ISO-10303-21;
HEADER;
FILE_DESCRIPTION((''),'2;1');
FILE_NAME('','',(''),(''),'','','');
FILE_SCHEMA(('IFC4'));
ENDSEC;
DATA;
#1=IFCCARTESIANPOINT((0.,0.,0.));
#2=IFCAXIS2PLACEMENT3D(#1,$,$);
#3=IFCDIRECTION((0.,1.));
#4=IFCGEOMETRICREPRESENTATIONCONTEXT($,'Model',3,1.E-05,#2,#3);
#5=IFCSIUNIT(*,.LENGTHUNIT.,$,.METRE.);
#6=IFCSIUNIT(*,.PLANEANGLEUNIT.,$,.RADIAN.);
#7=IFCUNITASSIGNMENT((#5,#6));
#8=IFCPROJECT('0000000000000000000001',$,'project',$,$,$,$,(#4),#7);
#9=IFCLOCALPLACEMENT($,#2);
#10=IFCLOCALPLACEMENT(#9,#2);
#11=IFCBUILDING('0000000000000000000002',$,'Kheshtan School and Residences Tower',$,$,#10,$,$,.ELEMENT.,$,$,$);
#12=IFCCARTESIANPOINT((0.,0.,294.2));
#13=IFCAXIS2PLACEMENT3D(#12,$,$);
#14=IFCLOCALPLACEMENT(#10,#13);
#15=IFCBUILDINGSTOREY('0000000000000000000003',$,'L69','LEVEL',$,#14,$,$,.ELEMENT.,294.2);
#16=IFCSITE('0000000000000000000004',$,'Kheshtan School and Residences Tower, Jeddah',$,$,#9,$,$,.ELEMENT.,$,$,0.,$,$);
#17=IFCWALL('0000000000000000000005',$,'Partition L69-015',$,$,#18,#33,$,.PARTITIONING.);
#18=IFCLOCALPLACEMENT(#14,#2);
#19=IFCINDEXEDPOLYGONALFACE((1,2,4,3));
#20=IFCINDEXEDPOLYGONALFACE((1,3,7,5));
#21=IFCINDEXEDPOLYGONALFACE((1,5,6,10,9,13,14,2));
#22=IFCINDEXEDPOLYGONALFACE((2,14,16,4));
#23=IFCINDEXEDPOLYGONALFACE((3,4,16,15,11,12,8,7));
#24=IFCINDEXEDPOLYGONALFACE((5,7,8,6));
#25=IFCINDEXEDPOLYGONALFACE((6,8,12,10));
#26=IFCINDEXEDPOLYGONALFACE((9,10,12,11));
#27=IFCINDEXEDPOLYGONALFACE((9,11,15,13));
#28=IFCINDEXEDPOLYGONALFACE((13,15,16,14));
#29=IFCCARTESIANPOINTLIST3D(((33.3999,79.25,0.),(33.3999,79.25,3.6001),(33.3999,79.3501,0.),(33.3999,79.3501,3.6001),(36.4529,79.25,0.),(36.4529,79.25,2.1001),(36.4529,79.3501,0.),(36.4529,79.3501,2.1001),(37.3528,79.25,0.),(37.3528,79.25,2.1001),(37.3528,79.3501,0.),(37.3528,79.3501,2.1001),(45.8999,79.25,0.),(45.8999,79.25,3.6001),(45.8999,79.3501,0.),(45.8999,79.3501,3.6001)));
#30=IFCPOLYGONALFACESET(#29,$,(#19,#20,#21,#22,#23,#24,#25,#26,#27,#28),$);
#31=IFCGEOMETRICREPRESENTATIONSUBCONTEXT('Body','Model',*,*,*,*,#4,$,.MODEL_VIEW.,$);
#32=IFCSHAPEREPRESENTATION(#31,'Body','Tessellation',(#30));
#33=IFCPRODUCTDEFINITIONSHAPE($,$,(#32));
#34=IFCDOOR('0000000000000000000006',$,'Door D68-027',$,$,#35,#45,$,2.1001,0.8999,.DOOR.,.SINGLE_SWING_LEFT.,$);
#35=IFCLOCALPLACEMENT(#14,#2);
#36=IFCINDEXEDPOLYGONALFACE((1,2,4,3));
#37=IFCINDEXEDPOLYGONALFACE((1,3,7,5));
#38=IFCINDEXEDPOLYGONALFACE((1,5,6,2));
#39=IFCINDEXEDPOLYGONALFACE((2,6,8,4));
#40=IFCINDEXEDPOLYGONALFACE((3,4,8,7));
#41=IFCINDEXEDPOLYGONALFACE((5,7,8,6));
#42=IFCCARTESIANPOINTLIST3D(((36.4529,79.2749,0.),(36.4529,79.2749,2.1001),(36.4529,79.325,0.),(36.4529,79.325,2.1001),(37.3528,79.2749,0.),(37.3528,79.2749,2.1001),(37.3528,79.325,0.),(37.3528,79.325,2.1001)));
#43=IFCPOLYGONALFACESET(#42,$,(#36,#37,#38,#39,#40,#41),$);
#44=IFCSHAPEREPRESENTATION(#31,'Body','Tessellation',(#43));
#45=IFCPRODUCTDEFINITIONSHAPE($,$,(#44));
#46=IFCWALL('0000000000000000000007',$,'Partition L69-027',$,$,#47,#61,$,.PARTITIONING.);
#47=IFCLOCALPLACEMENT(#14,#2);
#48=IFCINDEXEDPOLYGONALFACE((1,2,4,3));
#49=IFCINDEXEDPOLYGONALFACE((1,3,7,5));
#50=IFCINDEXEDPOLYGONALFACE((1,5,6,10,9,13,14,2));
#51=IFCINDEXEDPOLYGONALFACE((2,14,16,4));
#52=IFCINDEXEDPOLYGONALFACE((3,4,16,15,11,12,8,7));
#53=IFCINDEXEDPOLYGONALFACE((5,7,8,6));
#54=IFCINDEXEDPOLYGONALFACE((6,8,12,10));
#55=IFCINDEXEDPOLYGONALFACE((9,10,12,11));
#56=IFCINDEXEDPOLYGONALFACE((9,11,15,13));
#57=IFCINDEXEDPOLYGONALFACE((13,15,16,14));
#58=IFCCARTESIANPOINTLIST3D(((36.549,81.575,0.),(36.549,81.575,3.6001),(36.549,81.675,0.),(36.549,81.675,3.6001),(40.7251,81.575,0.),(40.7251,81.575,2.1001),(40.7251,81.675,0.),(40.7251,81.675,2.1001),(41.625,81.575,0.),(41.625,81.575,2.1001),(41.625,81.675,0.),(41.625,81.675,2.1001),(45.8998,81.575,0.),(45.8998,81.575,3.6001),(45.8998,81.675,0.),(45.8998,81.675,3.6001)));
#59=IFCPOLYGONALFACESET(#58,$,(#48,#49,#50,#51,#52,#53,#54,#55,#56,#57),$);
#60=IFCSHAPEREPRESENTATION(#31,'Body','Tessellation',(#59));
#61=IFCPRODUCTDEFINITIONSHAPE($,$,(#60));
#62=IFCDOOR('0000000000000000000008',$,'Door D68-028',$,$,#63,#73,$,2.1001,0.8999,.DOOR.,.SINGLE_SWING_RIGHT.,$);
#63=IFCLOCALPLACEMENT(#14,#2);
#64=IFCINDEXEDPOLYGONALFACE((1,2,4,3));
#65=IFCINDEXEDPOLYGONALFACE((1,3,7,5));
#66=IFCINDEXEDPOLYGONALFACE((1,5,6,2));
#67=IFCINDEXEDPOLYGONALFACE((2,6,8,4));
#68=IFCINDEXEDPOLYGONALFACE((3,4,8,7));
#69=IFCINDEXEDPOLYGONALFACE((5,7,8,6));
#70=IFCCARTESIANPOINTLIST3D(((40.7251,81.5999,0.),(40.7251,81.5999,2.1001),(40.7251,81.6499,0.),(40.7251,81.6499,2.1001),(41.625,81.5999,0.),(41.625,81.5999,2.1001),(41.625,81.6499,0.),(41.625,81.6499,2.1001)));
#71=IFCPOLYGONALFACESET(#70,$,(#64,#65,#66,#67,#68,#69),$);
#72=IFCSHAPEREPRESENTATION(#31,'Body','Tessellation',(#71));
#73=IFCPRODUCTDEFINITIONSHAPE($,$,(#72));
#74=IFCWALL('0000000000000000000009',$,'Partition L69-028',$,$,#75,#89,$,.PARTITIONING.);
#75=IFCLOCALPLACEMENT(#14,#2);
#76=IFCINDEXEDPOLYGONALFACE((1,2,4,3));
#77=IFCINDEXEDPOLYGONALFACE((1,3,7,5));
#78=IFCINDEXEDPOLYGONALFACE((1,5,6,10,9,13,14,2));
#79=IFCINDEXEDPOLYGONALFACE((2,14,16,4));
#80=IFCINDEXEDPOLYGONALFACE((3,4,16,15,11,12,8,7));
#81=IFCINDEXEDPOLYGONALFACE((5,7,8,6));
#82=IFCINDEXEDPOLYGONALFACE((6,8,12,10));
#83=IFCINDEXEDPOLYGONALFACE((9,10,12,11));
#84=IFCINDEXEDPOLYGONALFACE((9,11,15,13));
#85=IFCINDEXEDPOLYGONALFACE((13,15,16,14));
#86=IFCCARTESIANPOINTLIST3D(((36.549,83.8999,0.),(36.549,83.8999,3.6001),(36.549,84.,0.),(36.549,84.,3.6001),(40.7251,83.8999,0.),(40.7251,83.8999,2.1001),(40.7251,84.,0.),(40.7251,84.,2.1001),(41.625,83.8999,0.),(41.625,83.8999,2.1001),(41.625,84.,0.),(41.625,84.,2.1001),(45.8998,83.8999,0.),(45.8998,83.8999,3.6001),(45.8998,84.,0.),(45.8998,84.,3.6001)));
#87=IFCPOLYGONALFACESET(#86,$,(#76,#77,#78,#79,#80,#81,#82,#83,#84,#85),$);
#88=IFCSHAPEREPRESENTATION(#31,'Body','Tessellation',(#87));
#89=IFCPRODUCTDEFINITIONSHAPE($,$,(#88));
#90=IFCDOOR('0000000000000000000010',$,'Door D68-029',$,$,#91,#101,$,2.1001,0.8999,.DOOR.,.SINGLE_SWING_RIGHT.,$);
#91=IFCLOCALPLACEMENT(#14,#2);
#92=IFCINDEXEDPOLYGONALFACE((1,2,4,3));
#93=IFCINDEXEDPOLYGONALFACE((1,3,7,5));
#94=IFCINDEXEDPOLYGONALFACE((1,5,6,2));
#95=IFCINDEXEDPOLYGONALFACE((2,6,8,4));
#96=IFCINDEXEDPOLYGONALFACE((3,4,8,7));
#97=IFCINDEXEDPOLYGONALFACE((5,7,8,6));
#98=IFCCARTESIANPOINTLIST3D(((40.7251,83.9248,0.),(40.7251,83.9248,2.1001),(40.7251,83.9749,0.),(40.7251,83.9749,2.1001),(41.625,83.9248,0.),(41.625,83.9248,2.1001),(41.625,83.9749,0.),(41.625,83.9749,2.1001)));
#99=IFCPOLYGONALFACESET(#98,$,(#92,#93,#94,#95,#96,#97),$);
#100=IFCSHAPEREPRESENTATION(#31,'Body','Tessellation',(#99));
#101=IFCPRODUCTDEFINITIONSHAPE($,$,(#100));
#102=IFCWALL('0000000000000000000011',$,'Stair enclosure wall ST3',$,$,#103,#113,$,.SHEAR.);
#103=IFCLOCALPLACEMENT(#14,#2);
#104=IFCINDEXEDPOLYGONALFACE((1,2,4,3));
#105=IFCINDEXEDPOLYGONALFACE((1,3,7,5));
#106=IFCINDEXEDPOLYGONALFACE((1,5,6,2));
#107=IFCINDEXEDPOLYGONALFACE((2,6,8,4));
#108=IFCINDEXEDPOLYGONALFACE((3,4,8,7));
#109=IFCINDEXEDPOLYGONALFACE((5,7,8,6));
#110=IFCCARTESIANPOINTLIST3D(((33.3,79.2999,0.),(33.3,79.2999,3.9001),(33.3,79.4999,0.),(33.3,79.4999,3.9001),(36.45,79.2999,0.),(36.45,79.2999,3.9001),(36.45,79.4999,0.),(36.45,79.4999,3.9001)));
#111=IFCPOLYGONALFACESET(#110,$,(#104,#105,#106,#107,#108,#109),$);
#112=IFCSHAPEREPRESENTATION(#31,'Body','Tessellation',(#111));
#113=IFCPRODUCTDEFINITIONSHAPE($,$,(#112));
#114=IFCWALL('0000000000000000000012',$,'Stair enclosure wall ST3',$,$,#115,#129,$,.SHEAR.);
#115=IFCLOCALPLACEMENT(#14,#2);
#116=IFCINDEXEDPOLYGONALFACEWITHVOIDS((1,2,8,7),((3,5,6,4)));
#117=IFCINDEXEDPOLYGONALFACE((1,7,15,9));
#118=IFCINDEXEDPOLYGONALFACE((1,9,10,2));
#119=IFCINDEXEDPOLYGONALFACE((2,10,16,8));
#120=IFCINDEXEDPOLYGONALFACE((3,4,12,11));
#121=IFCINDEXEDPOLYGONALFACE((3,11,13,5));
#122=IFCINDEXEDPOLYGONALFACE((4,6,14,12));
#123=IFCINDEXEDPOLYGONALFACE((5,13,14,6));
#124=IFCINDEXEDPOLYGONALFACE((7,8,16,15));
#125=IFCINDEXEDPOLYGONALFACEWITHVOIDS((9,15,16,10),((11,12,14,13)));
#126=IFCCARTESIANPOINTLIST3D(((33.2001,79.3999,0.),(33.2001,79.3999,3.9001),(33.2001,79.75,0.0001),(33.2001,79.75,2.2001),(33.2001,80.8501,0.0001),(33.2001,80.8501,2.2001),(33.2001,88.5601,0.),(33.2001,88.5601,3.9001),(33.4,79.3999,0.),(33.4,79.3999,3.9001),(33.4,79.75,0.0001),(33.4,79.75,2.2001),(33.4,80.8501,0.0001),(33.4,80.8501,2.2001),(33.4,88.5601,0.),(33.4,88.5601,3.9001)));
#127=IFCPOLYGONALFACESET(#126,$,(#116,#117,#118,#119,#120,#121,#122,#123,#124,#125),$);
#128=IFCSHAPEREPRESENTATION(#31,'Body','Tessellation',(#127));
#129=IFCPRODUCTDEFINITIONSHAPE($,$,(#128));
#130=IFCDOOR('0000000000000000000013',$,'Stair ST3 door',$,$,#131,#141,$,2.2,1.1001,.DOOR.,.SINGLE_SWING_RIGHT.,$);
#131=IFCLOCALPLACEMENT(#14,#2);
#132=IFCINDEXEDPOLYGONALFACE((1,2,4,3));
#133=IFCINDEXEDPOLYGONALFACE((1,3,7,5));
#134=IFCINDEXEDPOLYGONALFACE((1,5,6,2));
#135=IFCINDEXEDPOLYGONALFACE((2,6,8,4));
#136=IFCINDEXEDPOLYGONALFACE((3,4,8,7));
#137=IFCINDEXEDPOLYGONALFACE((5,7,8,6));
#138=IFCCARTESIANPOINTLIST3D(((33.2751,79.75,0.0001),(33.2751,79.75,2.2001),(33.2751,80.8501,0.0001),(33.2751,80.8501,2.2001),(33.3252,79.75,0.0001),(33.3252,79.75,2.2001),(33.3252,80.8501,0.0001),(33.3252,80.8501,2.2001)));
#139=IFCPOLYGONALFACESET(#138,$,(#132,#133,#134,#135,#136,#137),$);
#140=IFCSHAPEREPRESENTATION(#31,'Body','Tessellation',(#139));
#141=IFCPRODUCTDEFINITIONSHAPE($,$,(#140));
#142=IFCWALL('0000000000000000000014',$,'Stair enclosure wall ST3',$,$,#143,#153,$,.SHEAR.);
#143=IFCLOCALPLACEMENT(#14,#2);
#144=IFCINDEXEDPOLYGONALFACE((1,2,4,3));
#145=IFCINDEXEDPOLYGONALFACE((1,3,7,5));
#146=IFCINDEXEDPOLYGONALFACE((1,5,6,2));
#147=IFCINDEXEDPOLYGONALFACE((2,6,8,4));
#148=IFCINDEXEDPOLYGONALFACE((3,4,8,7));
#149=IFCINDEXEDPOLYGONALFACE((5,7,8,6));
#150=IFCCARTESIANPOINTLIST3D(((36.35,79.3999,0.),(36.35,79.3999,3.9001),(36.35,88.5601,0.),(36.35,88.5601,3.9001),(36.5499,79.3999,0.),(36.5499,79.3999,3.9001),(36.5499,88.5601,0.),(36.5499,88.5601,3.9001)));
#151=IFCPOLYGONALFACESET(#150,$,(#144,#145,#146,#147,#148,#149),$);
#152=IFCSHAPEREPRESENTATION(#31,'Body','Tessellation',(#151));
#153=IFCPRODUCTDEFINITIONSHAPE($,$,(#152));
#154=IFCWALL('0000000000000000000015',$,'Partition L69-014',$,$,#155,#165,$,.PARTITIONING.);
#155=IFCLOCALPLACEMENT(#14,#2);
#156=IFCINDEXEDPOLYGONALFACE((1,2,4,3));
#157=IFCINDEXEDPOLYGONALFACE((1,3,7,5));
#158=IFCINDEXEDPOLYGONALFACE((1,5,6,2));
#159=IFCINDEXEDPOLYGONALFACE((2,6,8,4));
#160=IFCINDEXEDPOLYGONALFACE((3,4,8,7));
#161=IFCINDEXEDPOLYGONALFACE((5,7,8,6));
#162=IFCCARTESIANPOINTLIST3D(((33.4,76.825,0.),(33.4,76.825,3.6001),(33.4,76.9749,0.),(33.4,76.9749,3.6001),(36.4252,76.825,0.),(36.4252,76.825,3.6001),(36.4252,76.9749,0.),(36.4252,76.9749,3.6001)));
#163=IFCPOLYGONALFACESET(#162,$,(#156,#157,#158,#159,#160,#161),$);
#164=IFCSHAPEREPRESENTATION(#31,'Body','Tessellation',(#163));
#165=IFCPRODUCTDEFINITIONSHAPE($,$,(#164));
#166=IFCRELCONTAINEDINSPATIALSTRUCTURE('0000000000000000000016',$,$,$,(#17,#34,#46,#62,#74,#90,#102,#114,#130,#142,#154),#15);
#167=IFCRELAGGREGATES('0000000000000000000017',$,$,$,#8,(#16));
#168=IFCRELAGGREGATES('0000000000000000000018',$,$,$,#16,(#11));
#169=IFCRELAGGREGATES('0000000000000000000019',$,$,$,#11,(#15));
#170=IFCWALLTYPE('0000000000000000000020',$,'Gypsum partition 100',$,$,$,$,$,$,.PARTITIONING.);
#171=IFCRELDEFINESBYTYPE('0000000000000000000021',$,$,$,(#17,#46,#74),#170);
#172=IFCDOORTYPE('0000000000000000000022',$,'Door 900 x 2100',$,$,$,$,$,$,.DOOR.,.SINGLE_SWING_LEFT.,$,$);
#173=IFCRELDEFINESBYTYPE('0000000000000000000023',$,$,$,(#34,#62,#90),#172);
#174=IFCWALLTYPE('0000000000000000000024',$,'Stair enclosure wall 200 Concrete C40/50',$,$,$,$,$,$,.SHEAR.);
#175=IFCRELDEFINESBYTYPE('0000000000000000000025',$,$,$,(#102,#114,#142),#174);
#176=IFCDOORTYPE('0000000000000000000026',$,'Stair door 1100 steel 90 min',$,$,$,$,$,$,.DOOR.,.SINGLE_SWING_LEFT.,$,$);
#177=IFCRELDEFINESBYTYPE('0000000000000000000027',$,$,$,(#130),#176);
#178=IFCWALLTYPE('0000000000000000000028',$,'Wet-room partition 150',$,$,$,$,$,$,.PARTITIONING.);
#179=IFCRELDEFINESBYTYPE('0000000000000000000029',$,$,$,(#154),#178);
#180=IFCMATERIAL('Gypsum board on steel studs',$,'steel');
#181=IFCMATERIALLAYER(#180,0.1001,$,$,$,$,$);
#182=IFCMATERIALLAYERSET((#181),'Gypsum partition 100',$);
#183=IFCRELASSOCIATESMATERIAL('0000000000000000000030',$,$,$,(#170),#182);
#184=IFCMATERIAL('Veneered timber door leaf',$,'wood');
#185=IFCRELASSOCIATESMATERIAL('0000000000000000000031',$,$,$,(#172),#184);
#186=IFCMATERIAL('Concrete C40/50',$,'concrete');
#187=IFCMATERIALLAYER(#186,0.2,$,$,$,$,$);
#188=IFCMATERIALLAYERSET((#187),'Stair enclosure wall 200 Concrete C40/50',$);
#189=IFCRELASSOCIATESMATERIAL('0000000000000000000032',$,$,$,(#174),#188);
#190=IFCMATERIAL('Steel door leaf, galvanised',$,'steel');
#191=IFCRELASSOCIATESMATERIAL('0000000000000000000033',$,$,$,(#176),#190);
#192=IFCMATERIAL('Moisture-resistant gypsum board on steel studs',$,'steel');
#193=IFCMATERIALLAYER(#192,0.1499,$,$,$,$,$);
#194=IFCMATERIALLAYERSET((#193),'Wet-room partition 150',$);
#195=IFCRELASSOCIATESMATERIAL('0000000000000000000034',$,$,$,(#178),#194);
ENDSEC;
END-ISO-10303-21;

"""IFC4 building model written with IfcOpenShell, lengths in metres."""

from ifc_helpers import new_model, si_unit, direction, frame, frame_2d, origin, place, context, subcontext, project, spatial, rectangle, extrude, source, transform, mapped, material, layer, layer_set, type_object, element, fill, save


model = new_model("IFC4")

# Units and contexts
model_context = context("Model", 3, precision=1e-05, world=origin(), true_north=direction((0.0, 1.0)))
body_context = subcontext(model_context, "Body", "Model", "MODEL_VIEW")
ifc_project = project(units=[si_unit("LENGTHUNIT", "METRE"), si_unit("PLANEANGLEUNIT", "RADIAN")], contexts=[model_context])

# Site, building, storey
site_placement = place(None, origin())
site = spatial("IfcSite", under=ifc_project, at=site_placement, Name="Kheshtan School and Residences Tower, Jeddah", CompositionType="ELEMENT", RefElevation=0.0)
building_placement = place(site_placement, origin())
building = spatial("IfcBuilding", under=site, at=building_placement, Name="Kheshtan School and Residences Tower", CompositionType="ELEMENT")
storey_placement = place(building_placement, frame((0.0, 0.0, 294.2)))
storey = spatial("IfcBuildingStorey", under=building, at=storey_placement, Name="L69", Description="LEVEL", CompositionType="ELEMENT", Elevation=294.2)

# Walls, openings, doors
ifc_material_1 = material(Name="Gypsum board on steel studs", Category="steel")
ifc_layer_1 = layer(ifc_material_1, 0.1001)
ifc_layer_set_1 = layer_set([ifc_layer_1], Name="Gypsum partition 100")
wall_type_1 = type_object("IfcWallType", Name="Gypsum partition 100", PredefinedType="PARTITIONING", material=ifc_layer_set_1)
wall_1_placement = place(storey_placement, frame((33.3999, 79.3, 0.0), z_axis=(0.0, 0.0, 1.0), x_axis=(1.0, 0.0, 0.0)))
wall_1 = element("IfcWall", 1, at=wall_1_placement, inside=storey, type_object=wall_type_1, Name="Partition L69-015", PredefinedType="PARTITIONING", context=body_context, shape_type="SweptSolid", body=[
    extrude(rectangle(XDim=12.5, YDim=0.1001, at=frame_2d((6.25, 0.0))), origin(), (0.0, 0.0, 1.0), 3.6001),
])
opening_1_placement = place(wall_1_placement, frame((3.053, 0.0, 0.0)))
opening_1 = element("IfcOpeningElement", 2, at=opening_1_placement, cuts=wall_1, PredefinedType="OPENING", context=body_context, shape_type="SweptSolid", body=[
    extrude(rectangle(XDim=0.8999, YDim=2.1001, at=frame_2d((0.45, 1.05))), frame((0.0, 0.0601, 0.0), z_axis=(0.0, -1.0, 0.0), x_axis=(1.0, 0.0, 0.0)), (0.0, 0.0, 1.0), 0.1201),
])
ifc_material_2 = material(Name="Veneered timber door leaf", Category="wood")
door_type_1 = type_object("IfcDoorType", Name="Door 900 x 2100", OperationType="SINGLE_SWING_LEFT", PredefinedType="DOOR", material=ifc_material_2)
shared_shape_1 = source(origin(), body_context, "Body", "SweptSolid", [
    extrude(rectangle(XDim=0.8999, YDim=2.1001, at=frame_2d((0.45, 1.05))), frame((0.0, 0.0249, 0.0), z_axis=(0.0, -1.0, 0.0), x_axis=(1.0, 0.0, 0.0)), (0.0, 0.0, 1.0), 0.05),
])
door_1_placement = place(opening_1_placement, origin())
door_1 = element("IfcDoor", 3, at=door_1_placement, inside=storey, type_object=door_type_1, Name="Door D68-027", OperationType="SINGLE_SWING_LEFT", OverallHeight=2.1001, OverallWidth=0.8999, PredefinedType="DOOR", context=body_context, shape_type="MappedRepresentation", body=[
    mapped(shared_shape_1, transform((0.0, 0.0, 0.0), x_axis=(1.0, 0.0, 0.0), y_axis=(0.0, 1.0, 0.0), z_axis=(0.0, 0.0, 1.0), scale=1.0)),
])
fill(opening_1, door_1)
wall_2_placement = place(storey_placement, frame((36.5491, 81.625, 0.0), z_axis=(0.0, 0.0, 1.0), x_axis=(1.0, 0.0, 0.0)))
wall_2 = element("IfcWall", 4, at=wall_2_placement, inside=storey, type_object=wall_type_1, Name="Partition L69-027", PredefinedType="PARTITIONING", context=body_context, shape_type="SweptSolid", body=[
    extrude(rectangle(XDim=9.3508, YDim=0.1001, at=frame_2d((4.6753, 0.0))), origin(), (0.0, 0.0, 1.0), 3.6001),
])
opening_2_placement = place(wall_2_placement, frame((4.176, 0.0, 0.0)))
opening_2 = element("IfcOpeningElement", 5, at=opening_2_placement, cuts=wall_2, PredefinedType="OPENING", context=body_context, shape_type="SweptSolid", body=[
    extrude(rectangle(XDim=0.8999, YDim=2.1001, at=frame_2d((0.45, 1.05))), frame((0.0, 0.0601, 0.0), z_axis=(0.0, -1.0, 0.0), x_axis=(1.0, 0.0, 0.0)), (0.0, 0.0, 1.0), 0.1201),
])
door_2_placement = place(opening_2_placement, origin())
door_2 = element("IfcDoor", 6, at=door_2_placement, inside=storey, type_object=door_type_1, Name="Door D68-028", OperationType="SINGLE_SWING_RIGHT", OverallHeight=2.1001, OverallWidth=0.8999, PredefinedType="DOOR", context=body_context, shape_type="MappedRepresentation", body=[
    mapped(shared_shape_1, transform((0.0, 0.0, 0.0), x_axis=(1.0, 0.0, 0.0), y_axis=(0.0, 1.0, 0.0), z_axis=(0.0, 0.0, 1.0), scale=1.0)),
])
fill(opening_2, door_2)
wall_3_placement = place(storey_placement, frame((36.5491, 83.95, 0.0), z_axis=(0.0, 0.0, 1.0), x_axis=(1.0, 0.0, 0.0)))
wall_3 = element("IfcWall", 7, at=wall_3_placement, inside=storey, type_object=wall_type_1, Name="Partition L69-028", PredefinedType="PARTITIONING", context=body_context, shape_type="SweptSolid", body=[
    extrude(rectangle(XDim=9.3508, YDim=0.1001, at=frame_2d((4.6753, 0.0))), origin(), (0.0, 0.0, 1.0), 3.6001),
])
opening_3_placement = place(wall_3_placement, frame((4.176, 0.0, 0.0)))
opening_3 = element("IfcOpeningElement", 8, at=opening_3_placement, cuts=wall_3, PredefinedType="OPENING", context=body_context, shape_type="SweptSolid", body=[
    extrude(rectangle(XDim=0.8999, YDim=2.1001, at=frame_2d((0.45, 1.05))), frame((0.0, 0.0601, 0.0), z_axis=(0.0, -1.0, 0.0), x_axis=(1.0, 0.0, 0.0)), (0.0, 0.0, 1.0), 0.1201),
])
door_3_placement = place(opening_3_placement, origin())
door_3 = element("IfcDoor", 9, at=door_3_placement, inside=storey, type_object=door_type_1, Name="Door D68-029", OperationType="SINGLE_SWING_RIGHT", OverallHeight=2.1001, OverallWidth=0.8999, PredefinedType="DOOR", context=body_context, shape_type="MappedRepresentation", body=[
    mapped(shared_shape_1, transform((0.0, 0.0, 0.0), x_axis=(1.0, 0.0, 0.0), y_axis=(0.0, 1.0, 0.0), z_axis=(0.0, 0.0, 1.0), scale=1.0)),
])
fill(opening_3, door_3)

# Wall
ifc_material_3 = material(Name="Concrete C40/50", Category="concrete")
ifc_layer_2 = layer(ifc_material_3, 0.2)
ifc_layer_set_2 = layer_set([ifc_layer_2], Name="Stair enclosure wall 200 Concrete C40/50")
wall_type_2 = type_object("IfcWallType", Name="Stair enclosure wall 200 Concrete C40/50", PredefinedType="SHEAR", material=ifc_layer_set_2)
wall_4_placement = place(storey_placement, frame((33.3, 79.3999, 0.0), z_axis=(0.0, 0.0, 1.0), x_axis=(1.0, 0.0, 0.0)))
element("IfcWall", 10, at=wall_4_placement, inside=storey, type_object=wall_type_2, Name="Stair enclosure wall ST3", PredefinedType="SHEAR", context=body_context, shape_type="SweptSolid", body=[
    extrude(rectangle(XDim=3.1499, YDim=0.2, at=frame_2d((1.575, 0.0))), origin(), (0.0, 0.0, 1.0), 3.9001),
])

# Wall, opening, door
wall_5_placement = place(storey_placement, frame((33.3, 79.3999, 0.0), z_axis=(0.0, 0.0, 1.0), x_axis=(0.0, 1.0, 0.0)))
wall_5 = element("IfcWall", 11, at=wall_5_placement, inside=storey, type_object=wall_type_2, Name="Stair enclosure wall ST3", PredefinedType="SHEAR", context=body_context, shape_type="SweptSolid", body=[
    extrude(rectangle(XDim=9.1602, YDim=0.2, at=frame_2d((4.5801, 0.0))), origin(), (0.0, 0.0, 1.0), 3.9001),
])
opening_4_placement = place(wall_5_placement, frame((0.3501, 0.0, 0.0)))
opening_4 = element("IfcOpeningElement", 12, at=opening_4_placement, cuts=wall_5, PredefinedType="OPENING", context=body_context, shape_type="SweptSolid", body=[
    extrude(rectangle(XDim=1.1001, YDim=2.2, at=frame_2d((0.55, 1.1001))), frame((0.0, 0.1099, 0.0), z_axis=(0.0, -1.0, 0.0), x_axis=(1.0, 0.0, 0.0)), (0.0, 0.0, 1.0), 0.22),
])
ifc_material_4 = material(Name="Steel door leaf, galvanised", Category="steel")
door_type_2 = type_object("IfcDoorType", Name="Stair door 1100 steel 90 min", OperationType="SINGLE_SWING_LEFT", PredefinedType="DOOR", material=ifc_material_4)
shared_shape_2 = source(origin(), body_context, "Body", "SweptSolid", [
    extrude(rectangle(XDim=1.1001, YDim=2.2, at=frame_2d((0.55, 1.1001))), frame((0.0, 0.0249, 0.0), z_axis=(0.0, -1.0, 0.0), x_axis=(1.0, 0.0, 0.0)), (0.0, 0.0, 1.0), 0.05),
])
door_4_placement = place(opening_4_placement, origin())
door_4 = element("IfcDoor", 13, at=door_4_placement, inside=storey, type_object=door_type_2, Name="Stair ST3 door", OperationType="SINGLE_SWING_RIGHT", OverallHeight=2.2, OverallWidth=1.1001, PredefinedType="DOOR", context=body_context, shape_type="MappedRepresentation", body=[
    mapped(shared_shape_2, transform((0.0, 0.0, 0.0), x_axis=(1.0, 0.0, 0.0), y_axis=(0.0, 1.0, 0.0), z_axis=(0.0, 0.0, 1.0), scale=1.0)),
])
fill(opening_4, door_4)

# Walls
wall_6_placement = place(storey_placement, frame((36.45, 79.3999, 0.0), z_axis=(0.0, 0.0, 1.0), x_axis=(0.0, 1.0, 0.0)))
element("IfcWall", 14, at=wall_6_placement, inside=storey, type_object=wall_type_2, Name="Stair enclosure wall ST3", PredefinedType="SHEAR", context=body_context, shape_type="SweptSolid", body=[
    extrude(rectangle(XDim=9.1602, YDim=0.2, at=frame_2d((4.5801, 0.0))), origin(), (0.0, 0.0, 1.0), 3.9001),
])
ifc_material_5 = material(Name="Moisture-resistant gypsum board on steel studs", Category="steel")
ifc_layer_3 = layer(ifc_material_5, 0.1499)
ifc_layer_set_3 = layer_set([ifc_layer_3], Name="Wet-room partition 150")
wall_type_3 = type_object("IfcWallType", Name="Wet-room partition 150", PredefinedType="PARTITIONING", material=ifc_layer_set_3)
wall_7_placement = place(storey_placement, frame((33.3999, 76.8999, 0.0), z_axis=(0.0, 0.0, 1.0), x_axis=(1.0, 0.0, 0.0)))
element("IfcWall", 15, at=wall_7_placement, inside=storey, type_object=wall_type_3, Name="Partition L69-014", PredefinedType="PARTITIONING", context=body_context, shape_type="SweptSolid", body=[
    extrude(rectangle(XDim=3.0251, YDim=0.1499, at=frame_2d((1.5127, 0.0))), origin(), (0.0, 0.0, 1.0), 3.6001),
])

save(model, "model.ifc")
